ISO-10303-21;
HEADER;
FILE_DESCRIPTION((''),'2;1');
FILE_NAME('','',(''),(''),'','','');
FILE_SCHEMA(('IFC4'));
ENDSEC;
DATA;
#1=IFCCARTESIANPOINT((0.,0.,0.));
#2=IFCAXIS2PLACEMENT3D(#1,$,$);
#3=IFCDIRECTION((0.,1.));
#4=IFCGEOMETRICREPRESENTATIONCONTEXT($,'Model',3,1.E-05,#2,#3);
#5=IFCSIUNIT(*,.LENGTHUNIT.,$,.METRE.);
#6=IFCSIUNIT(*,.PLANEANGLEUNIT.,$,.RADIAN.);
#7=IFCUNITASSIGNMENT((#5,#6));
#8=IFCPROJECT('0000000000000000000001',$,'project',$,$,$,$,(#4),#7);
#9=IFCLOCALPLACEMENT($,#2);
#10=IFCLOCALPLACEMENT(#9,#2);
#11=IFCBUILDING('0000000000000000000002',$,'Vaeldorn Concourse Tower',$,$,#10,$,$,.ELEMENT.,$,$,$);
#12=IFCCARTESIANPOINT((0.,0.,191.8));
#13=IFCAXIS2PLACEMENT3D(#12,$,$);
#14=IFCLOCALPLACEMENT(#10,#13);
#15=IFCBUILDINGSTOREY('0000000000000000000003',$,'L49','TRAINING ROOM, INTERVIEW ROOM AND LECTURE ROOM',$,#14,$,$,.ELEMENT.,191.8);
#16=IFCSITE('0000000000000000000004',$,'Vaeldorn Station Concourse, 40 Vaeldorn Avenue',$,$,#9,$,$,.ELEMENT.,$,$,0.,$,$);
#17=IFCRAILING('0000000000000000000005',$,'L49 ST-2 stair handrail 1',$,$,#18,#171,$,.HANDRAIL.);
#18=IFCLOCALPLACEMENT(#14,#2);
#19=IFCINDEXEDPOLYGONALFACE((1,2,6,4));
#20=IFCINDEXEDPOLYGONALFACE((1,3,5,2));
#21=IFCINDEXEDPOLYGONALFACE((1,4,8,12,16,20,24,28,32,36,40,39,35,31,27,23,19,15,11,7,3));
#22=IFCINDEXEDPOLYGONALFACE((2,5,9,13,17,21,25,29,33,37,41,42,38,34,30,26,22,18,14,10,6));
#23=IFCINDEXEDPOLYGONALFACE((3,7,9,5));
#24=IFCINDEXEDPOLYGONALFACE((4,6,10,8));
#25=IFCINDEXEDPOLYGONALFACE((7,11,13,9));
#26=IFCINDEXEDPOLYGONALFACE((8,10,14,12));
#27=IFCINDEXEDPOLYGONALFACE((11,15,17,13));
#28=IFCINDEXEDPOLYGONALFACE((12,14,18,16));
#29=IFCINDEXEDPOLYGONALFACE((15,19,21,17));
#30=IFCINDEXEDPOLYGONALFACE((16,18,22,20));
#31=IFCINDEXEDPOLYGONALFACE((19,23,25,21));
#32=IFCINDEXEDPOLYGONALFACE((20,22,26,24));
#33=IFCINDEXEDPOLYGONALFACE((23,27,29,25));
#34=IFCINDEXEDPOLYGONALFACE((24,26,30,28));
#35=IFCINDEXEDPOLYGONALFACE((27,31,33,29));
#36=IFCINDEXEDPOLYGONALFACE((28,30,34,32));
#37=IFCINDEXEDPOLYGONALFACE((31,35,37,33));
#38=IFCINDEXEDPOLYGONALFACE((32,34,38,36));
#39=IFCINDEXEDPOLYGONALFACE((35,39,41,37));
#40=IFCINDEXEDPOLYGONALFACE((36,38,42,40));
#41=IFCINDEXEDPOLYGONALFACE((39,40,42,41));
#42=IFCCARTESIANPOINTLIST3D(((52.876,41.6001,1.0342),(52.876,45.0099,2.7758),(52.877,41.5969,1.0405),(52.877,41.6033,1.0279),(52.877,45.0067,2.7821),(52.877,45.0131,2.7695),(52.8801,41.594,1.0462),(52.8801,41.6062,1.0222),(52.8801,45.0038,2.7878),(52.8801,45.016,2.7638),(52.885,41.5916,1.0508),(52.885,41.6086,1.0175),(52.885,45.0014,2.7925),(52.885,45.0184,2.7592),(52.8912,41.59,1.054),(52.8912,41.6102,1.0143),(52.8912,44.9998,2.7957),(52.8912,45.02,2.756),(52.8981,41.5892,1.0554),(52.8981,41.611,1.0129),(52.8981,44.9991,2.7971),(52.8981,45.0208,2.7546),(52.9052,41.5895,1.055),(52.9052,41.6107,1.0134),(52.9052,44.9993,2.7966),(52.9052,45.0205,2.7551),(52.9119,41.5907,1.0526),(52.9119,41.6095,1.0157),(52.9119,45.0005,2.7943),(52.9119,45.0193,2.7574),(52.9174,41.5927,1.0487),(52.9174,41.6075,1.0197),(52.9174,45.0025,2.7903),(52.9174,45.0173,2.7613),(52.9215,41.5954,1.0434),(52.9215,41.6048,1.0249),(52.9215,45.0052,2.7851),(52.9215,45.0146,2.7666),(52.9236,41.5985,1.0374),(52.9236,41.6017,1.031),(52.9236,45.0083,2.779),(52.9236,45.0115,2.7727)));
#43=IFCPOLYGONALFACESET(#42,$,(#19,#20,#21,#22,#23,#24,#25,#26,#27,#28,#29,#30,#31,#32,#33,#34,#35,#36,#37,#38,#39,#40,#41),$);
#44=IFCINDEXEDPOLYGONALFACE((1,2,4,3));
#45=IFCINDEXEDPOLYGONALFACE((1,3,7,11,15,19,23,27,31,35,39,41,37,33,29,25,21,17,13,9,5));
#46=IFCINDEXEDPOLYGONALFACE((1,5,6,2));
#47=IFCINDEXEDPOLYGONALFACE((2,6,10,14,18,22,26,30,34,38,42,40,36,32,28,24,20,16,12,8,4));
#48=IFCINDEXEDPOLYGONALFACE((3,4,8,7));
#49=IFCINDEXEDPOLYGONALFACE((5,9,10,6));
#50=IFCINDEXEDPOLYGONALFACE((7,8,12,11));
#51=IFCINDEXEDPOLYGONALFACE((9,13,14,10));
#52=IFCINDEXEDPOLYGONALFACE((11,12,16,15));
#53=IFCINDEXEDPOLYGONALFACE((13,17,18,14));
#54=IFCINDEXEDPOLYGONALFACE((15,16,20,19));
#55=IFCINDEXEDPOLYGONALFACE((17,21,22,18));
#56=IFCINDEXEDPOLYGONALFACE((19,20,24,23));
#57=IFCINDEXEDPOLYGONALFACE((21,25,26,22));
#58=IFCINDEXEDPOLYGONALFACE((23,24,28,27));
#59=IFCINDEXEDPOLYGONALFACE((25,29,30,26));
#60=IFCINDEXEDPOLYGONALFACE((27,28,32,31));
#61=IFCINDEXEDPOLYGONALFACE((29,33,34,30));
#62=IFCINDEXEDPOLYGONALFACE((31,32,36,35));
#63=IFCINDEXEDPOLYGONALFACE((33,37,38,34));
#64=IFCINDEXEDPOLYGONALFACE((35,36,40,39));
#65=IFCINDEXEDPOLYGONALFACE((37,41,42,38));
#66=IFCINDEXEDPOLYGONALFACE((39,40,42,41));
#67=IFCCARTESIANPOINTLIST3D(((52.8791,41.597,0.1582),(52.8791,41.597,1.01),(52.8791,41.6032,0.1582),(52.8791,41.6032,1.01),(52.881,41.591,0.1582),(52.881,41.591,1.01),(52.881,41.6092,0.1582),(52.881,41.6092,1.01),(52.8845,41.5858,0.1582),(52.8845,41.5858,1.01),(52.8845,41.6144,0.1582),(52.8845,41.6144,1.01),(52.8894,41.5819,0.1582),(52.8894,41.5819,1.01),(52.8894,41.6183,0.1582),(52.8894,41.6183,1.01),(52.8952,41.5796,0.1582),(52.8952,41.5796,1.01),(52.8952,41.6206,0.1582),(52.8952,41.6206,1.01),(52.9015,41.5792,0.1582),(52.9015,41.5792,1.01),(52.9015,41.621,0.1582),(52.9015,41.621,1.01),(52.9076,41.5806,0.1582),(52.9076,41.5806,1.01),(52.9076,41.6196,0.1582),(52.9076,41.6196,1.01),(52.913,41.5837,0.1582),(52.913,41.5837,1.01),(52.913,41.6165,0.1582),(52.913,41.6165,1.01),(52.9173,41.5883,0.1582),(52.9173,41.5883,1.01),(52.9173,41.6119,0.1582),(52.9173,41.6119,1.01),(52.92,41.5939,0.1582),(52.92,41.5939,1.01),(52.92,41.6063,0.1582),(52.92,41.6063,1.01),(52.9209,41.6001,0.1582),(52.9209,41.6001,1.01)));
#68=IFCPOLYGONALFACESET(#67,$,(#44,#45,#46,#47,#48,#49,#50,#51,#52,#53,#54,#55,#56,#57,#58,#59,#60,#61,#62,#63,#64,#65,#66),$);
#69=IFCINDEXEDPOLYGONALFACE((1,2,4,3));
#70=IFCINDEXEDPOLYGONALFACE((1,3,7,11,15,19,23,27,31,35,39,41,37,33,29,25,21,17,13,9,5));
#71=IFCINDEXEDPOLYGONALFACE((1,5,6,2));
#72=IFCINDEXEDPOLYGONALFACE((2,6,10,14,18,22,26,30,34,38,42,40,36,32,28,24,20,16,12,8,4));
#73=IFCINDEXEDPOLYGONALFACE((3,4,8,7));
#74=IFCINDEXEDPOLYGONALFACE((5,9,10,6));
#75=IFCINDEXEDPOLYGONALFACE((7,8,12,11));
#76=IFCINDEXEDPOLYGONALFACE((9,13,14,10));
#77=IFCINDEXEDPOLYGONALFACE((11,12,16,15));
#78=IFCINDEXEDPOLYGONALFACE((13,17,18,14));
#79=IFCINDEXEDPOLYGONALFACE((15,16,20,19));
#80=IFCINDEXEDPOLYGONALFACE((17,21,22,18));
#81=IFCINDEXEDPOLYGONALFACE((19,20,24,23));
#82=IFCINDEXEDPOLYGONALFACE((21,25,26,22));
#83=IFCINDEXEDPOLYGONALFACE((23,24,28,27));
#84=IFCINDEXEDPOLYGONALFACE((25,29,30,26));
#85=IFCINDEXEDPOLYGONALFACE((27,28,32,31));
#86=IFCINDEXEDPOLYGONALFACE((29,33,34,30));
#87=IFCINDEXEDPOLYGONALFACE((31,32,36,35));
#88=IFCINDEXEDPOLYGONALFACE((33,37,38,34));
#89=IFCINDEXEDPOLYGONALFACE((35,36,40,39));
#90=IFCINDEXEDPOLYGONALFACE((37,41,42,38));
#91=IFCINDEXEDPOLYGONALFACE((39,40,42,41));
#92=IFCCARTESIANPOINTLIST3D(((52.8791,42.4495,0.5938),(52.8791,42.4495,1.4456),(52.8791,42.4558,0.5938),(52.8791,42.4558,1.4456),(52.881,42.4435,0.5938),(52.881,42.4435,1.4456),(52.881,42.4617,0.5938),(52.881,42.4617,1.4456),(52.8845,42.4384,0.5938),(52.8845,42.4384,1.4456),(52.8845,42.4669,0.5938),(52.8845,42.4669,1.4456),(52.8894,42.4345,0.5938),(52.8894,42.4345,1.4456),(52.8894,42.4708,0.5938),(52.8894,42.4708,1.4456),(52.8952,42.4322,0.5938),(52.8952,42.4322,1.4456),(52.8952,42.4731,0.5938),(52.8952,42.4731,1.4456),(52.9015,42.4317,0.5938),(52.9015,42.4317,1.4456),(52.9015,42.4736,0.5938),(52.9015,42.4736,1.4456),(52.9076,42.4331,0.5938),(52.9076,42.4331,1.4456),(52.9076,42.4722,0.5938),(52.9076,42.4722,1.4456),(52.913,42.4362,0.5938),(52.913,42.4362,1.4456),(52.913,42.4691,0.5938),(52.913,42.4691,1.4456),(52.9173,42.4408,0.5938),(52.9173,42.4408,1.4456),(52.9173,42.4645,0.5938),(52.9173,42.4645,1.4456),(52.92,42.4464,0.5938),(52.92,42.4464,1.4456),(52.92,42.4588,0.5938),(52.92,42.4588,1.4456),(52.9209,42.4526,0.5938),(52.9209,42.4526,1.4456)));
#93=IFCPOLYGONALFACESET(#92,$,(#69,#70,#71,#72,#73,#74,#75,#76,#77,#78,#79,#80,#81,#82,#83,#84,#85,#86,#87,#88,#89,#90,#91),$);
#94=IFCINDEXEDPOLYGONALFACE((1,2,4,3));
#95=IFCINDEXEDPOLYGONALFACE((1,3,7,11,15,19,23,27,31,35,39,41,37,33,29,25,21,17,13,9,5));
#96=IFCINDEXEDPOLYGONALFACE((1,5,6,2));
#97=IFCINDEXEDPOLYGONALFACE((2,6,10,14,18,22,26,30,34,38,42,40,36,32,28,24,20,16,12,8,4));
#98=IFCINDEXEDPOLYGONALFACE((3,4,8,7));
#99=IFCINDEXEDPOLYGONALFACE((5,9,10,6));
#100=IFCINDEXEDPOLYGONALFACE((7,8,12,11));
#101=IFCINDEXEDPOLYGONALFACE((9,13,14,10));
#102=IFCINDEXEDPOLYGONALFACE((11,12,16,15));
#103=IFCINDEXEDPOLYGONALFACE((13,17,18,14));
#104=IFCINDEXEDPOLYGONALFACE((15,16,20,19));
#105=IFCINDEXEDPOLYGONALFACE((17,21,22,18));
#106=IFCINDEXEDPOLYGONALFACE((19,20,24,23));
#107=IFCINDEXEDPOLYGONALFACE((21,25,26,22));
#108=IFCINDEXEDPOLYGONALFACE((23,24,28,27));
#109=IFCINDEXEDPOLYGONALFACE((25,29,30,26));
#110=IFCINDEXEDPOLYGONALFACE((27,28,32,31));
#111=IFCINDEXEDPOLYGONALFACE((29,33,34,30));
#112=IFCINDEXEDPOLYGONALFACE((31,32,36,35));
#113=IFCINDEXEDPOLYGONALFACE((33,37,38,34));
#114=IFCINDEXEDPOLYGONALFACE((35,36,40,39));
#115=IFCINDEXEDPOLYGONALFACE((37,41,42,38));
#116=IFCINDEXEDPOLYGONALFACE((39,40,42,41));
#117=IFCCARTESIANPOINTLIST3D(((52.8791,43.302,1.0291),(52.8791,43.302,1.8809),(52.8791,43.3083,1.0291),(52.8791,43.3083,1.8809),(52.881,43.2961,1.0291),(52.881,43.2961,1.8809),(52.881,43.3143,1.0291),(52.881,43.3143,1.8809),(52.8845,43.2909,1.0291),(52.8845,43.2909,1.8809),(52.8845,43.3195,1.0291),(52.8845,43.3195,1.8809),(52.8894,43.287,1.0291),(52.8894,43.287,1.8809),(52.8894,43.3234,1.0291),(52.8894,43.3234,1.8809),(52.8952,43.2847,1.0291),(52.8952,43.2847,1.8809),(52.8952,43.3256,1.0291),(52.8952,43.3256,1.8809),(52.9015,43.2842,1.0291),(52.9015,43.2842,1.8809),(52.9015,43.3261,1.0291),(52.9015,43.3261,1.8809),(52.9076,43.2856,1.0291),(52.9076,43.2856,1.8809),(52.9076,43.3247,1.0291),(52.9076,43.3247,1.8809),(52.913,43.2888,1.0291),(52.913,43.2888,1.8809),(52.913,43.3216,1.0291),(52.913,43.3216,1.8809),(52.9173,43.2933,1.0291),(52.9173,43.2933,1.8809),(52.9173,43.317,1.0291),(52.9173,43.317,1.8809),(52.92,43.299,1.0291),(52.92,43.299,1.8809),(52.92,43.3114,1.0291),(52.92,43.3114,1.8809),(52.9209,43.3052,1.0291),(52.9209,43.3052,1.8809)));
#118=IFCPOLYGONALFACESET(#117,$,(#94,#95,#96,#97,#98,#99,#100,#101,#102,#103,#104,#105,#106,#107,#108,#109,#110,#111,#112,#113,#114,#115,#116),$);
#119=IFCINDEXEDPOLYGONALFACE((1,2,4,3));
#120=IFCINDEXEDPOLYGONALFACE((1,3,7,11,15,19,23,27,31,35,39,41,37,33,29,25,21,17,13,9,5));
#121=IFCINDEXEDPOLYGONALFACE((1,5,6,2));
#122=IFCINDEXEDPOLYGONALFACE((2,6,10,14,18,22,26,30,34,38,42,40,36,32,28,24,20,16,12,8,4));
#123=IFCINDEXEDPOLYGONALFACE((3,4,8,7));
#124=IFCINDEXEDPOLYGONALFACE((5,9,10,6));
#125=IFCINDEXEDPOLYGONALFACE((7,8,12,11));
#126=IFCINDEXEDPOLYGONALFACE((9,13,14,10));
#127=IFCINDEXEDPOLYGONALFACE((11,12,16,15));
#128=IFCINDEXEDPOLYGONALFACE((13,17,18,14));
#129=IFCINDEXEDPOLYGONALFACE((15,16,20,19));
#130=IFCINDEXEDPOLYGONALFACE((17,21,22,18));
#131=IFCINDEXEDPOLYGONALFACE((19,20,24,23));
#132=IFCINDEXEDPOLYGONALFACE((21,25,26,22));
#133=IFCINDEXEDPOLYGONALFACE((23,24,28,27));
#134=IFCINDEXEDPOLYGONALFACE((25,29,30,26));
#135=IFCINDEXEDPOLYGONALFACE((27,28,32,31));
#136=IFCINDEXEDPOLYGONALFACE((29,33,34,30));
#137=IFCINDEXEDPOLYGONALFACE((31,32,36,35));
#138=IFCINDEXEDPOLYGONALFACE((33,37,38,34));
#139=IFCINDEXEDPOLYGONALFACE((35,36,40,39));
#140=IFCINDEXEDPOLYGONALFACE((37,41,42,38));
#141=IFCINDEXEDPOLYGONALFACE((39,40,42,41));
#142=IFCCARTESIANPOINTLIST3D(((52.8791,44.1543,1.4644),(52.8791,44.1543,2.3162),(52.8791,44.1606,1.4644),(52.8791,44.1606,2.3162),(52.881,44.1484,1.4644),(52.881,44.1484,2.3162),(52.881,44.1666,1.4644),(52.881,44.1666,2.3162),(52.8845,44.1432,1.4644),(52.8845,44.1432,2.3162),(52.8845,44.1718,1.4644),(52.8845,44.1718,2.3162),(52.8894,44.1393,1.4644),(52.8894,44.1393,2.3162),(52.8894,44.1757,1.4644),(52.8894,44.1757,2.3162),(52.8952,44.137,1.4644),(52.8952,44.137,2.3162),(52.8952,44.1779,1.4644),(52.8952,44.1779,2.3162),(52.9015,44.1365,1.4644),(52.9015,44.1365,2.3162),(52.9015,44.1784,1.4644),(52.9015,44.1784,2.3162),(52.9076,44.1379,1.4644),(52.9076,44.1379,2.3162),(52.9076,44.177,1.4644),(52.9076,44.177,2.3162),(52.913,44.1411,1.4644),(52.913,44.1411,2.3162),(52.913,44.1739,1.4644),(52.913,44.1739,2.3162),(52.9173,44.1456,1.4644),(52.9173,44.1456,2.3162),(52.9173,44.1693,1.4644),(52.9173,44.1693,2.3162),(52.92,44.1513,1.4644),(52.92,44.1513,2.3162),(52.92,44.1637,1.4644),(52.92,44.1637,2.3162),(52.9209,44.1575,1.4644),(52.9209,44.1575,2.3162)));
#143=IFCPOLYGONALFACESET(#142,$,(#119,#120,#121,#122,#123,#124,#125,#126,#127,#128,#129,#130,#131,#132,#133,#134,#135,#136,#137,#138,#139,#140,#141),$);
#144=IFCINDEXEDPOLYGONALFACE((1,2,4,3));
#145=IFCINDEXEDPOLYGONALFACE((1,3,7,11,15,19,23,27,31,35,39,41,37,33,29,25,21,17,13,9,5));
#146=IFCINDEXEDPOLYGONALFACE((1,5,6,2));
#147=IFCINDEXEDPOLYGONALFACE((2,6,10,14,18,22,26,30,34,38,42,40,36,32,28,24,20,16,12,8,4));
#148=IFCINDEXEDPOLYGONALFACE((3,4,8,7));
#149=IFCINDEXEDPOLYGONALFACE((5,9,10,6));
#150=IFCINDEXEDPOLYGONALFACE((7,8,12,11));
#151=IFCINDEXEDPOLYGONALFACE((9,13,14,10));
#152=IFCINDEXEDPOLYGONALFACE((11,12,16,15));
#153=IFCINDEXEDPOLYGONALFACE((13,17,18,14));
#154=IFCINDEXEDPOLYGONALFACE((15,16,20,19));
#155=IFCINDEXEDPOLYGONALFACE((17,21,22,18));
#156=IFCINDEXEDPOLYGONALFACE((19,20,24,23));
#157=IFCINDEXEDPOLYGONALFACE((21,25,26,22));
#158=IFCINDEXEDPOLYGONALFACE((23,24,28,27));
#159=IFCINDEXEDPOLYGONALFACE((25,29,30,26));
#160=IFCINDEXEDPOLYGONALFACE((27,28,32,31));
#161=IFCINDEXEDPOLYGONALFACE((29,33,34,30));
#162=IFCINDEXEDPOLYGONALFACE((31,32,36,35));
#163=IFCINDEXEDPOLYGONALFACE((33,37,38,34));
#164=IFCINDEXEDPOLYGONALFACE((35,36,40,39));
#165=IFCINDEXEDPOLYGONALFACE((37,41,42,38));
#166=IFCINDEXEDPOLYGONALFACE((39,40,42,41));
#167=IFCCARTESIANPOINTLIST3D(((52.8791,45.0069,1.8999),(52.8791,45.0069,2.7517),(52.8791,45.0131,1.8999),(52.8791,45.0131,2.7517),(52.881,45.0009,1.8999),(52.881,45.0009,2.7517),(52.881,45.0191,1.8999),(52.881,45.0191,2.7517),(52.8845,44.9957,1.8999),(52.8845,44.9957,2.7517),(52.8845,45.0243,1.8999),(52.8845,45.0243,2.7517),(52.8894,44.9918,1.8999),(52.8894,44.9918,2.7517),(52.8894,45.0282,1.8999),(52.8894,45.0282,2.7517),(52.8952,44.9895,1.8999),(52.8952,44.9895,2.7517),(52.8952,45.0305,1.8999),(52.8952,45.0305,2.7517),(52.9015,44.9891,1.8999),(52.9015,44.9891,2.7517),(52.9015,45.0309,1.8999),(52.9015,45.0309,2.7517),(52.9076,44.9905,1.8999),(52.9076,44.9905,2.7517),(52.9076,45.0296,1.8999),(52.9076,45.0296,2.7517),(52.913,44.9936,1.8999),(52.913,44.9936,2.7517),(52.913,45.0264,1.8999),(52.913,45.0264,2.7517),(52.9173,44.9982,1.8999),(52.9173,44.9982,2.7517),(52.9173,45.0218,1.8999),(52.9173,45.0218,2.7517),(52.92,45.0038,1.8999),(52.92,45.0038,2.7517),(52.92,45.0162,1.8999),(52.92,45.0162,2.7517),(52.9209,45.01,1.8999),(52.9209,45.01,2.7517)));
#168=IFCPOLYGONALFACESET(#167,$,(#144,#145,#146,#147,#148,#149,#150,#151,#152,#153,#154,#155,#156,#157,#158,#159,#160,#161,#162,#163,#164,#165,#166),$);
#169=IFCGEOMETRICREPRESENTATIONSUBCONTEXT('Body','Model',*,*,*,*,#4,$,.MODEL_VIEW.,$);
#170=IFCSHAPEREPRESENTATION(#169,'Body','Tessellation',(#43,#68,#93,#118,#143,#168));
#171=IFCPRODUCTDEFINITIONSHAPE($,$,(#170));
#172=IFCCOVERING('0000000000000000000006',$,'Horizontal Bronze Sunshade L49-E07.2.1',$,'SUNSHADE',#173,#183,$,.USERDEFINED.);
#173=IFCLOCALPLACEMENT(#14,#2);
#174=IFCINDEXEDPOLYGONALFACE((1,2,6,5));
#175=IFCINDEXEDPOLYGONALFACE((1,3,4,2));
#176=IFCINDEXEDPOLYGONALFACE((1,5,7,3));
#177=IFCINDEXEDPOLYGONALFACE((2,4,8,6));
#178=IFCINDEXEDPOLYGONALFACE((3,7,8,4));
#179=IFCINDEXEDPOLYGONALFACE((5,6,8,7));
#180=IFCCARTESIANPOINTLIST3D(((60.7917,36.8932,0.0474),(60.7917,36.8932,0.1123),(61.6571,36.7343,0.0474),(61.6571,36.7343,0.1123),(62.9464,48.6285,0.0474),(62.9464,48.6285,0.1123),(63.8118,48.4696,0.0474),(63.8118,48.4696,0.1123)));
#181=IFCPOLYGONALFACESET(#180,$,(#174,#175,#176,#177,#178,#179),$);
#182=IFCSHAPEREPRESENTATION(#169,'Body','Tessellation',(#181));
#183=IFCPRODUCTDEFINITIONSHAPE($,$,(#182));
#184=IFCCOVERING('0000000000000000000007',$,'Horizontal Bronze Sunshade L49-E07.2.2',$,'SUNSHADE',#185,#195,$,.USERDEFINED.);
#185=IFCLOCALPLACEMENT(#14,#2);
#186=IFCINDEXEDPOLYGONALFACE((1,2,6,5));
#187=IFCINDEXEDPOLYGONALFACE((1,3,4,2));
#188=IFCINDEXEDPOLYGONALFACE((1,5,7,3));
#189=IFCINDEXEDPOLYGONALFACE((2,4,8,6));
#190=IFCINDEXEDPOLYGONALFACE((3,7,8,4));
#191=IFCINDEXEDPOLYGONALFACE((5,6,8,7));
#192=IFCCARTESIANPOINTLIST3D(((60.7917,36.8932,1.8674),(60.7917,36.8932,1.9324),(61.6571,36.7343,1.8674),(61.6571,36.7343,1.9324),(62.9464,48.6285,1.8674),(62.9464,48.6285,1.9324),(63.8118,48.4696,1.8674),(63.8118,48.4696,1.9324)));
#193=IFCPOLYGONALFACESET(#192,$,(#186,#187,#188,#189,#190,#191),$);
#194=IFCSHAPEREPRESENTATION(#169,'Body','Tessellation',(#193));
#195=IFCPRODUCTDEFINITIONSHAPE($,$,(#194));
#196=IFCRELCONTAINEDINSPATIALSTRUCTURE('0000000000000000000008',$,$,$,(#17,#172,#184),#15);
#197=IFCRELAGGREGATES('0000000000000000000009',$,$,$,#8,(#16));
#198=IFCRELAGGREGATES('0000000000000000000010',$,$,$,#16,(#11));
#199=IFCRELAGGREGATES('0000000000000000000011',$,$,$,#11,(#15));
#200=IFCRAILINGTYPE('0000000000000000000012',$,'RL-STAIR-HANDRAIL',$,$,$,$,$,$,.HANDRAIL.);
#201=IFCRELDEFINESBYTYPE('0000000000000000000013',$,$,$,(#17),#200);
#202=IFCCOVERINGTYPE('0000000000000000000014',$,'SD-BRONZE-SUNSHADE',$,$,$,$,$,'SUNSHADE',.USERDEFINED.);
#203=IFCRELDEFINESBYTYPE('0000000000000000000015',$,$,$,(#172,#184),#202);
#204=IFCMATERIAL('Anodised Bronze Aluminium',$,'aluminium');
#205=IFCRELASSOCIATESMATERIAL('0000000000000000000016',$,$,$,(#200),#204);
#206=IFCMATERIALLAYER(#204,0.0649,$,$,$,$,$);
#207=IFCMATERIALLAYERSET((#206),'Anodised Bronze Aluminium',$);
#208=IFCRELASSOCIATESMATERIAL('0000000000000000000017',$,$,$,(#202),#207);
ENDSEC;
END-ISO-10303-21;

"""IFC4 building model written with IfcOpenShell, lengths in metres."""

from ifc_helpers import new_model, si_unit, direction, frame, origin, origin_2d, place, context, subcontext, project, spatial, rectangle, circle, extrude, source, transform, mapped, material, layer, layer_set, type_object, element, save


model = new_model("IFC4")

# Units and contexts
model_context = context("Model", 3, precision=1e-05, world=origin(), true_north=direction((0.0, 1.0)))
body_context = subcontext(model_context, "Body", "Model", "MODEL_VIEW")
ifc_project = project(units=[si_unit("LENGTHUNIT", "METRE"), si_unit("PLANEANGLEUNIT", "RADIAN")], contexts=[model_context])

# Site, building, storey
site_placement = place(None, origin())
site = spatial("IfcSite", under=ifc_project, at=site_placement, Name="Vaeldorn Station Concourse, 40 Vaeldorn Avenue", CompositionType="ELEMENT", RefElevation=0.0)
building_placement = place(site_placement, origin())
building = spatial("IfcBuilding", under=site, at=building_placement, Name="Vaeldorn Concourse Tower", CompositionType="ELEMENT")
storey_placement = place(building_placement, frame((0.0, 0.0, 191.8)))
storey = spatial("IfcBuildingStorey", under=building, at=storey_placement, Name="L49", Description="TRAINING ROOM, INTERVIEW ROOM AND LECTURE ROOM", CompositionType="ELEMENT", Elevation=191.8)

# Shared definitions
ifc_material_1 = material(Name="Anodised Bronze Aluminium", Category="aluminium")

# Railing
railing_type_1 = type_object("IfcRailingType", Name="RL-STAIR-HANDRAIL", PredefinedType="HANDRAIL", material=ifc_material_1)
railing_1_placement = place(storey_placement, frame((52.8999, 41.6001, 0.1582)))
element("IfcRailing", 1, at=railing_1_placement, inside=storey, type_object=railing_type_1, Name="L49 ST-2 stair handrail 1", PredefinedType="HANDRAIL", context=body_context, shape_type="SweptSolid", body=[
    extrude(circle(Radius=0.0239, at=origin_2d()), frame((0.0, 0.0, 0.876), z_axis=(0.0, 0.890556, 0.454874), x_axis=(-1.0, 0.0, 0.0)), (0.0, 0.0, 1.0), 3.8289),
    extrude(circle(Radius=0.021, at=origin_2d()), origin(), (0.0, 0.0, 1.0), 0.8518),
    extrude(circle(Radius=0.021, at=origin_2d()), frame((0.0, 0.8525, 0.4355)), (0.0, 0.0, 1.0), 0.8518),
    extrude(circle(Radius=0.021, at=origin_2d()), frame((0.0, 1.7051, 0.8708)), (0.0, 0.0, 1.0), 0.8518),
    extrude(circle(Radius=0.021, at=origin_2d()), frame((0.0, 2.5574, 1.3062)), (0.0, 0.0, 1.0), 0.8518),
    extrude(circle(Radius=0.021, at=origin_2d()), frame((0.0, 3.4099, 1.7417)), (0.0, 0.0, 1.0), 0.8518),
])

# Coverings
ifc_layer_1 = layer(ifc_material_1, 0.0649)
ifc_layer_set_1 = layer_set([ifc_layer_1], Name="Anodised Bronze Aluminium")
covering_type = type_object("IfcCoveringType", Name="SD-BRONZE-SUNSHADE", ElementType="SUNSHADE", PredefinedType="USERDEFINED", material=ifc_layer_set_1)
shared_shape_1 = source(origin(), body_context, "Body", "SweptSolid", [
    extrude(rectangle(XDim=11.9314, YDim=0.8799, at=origin_2d()), origin(), (0.0, 0.0, 1.0), 0.0649),
])
for number, where, z_axis, x_axis, name in (
    (2, (62.3018, 42.6814, 0.0474), (0.0, 0.0, 1.0), (0.180588, 0.983559, 0.0), "Horizontal Bronze Sunshade L49-E07.2.1"),
    (3, (62.3018, 42.6814, 1.8674), (0.0, 0.0, 1.0), (0.180588, 0.983559, 0.0), "Horizontal Bronze Sunshade L49-E07.2.2"),
):
    element("IfcCovering", number, at=place(storey_placement, frame(where, z_axis=z_axis, x_axis=x_axis)), inside=storey, type_object=covering_type, Name=name, ObjectType="SUNSHADE", PredefinedType="USERDEFINED", context=body_context, shape_type="MappedRepresentation", body=[
        mapped(shared_shape_1, transform((0.0, 0.0, 0.0), scale=1.0)),
    ])

save(model, "model.ifc")
